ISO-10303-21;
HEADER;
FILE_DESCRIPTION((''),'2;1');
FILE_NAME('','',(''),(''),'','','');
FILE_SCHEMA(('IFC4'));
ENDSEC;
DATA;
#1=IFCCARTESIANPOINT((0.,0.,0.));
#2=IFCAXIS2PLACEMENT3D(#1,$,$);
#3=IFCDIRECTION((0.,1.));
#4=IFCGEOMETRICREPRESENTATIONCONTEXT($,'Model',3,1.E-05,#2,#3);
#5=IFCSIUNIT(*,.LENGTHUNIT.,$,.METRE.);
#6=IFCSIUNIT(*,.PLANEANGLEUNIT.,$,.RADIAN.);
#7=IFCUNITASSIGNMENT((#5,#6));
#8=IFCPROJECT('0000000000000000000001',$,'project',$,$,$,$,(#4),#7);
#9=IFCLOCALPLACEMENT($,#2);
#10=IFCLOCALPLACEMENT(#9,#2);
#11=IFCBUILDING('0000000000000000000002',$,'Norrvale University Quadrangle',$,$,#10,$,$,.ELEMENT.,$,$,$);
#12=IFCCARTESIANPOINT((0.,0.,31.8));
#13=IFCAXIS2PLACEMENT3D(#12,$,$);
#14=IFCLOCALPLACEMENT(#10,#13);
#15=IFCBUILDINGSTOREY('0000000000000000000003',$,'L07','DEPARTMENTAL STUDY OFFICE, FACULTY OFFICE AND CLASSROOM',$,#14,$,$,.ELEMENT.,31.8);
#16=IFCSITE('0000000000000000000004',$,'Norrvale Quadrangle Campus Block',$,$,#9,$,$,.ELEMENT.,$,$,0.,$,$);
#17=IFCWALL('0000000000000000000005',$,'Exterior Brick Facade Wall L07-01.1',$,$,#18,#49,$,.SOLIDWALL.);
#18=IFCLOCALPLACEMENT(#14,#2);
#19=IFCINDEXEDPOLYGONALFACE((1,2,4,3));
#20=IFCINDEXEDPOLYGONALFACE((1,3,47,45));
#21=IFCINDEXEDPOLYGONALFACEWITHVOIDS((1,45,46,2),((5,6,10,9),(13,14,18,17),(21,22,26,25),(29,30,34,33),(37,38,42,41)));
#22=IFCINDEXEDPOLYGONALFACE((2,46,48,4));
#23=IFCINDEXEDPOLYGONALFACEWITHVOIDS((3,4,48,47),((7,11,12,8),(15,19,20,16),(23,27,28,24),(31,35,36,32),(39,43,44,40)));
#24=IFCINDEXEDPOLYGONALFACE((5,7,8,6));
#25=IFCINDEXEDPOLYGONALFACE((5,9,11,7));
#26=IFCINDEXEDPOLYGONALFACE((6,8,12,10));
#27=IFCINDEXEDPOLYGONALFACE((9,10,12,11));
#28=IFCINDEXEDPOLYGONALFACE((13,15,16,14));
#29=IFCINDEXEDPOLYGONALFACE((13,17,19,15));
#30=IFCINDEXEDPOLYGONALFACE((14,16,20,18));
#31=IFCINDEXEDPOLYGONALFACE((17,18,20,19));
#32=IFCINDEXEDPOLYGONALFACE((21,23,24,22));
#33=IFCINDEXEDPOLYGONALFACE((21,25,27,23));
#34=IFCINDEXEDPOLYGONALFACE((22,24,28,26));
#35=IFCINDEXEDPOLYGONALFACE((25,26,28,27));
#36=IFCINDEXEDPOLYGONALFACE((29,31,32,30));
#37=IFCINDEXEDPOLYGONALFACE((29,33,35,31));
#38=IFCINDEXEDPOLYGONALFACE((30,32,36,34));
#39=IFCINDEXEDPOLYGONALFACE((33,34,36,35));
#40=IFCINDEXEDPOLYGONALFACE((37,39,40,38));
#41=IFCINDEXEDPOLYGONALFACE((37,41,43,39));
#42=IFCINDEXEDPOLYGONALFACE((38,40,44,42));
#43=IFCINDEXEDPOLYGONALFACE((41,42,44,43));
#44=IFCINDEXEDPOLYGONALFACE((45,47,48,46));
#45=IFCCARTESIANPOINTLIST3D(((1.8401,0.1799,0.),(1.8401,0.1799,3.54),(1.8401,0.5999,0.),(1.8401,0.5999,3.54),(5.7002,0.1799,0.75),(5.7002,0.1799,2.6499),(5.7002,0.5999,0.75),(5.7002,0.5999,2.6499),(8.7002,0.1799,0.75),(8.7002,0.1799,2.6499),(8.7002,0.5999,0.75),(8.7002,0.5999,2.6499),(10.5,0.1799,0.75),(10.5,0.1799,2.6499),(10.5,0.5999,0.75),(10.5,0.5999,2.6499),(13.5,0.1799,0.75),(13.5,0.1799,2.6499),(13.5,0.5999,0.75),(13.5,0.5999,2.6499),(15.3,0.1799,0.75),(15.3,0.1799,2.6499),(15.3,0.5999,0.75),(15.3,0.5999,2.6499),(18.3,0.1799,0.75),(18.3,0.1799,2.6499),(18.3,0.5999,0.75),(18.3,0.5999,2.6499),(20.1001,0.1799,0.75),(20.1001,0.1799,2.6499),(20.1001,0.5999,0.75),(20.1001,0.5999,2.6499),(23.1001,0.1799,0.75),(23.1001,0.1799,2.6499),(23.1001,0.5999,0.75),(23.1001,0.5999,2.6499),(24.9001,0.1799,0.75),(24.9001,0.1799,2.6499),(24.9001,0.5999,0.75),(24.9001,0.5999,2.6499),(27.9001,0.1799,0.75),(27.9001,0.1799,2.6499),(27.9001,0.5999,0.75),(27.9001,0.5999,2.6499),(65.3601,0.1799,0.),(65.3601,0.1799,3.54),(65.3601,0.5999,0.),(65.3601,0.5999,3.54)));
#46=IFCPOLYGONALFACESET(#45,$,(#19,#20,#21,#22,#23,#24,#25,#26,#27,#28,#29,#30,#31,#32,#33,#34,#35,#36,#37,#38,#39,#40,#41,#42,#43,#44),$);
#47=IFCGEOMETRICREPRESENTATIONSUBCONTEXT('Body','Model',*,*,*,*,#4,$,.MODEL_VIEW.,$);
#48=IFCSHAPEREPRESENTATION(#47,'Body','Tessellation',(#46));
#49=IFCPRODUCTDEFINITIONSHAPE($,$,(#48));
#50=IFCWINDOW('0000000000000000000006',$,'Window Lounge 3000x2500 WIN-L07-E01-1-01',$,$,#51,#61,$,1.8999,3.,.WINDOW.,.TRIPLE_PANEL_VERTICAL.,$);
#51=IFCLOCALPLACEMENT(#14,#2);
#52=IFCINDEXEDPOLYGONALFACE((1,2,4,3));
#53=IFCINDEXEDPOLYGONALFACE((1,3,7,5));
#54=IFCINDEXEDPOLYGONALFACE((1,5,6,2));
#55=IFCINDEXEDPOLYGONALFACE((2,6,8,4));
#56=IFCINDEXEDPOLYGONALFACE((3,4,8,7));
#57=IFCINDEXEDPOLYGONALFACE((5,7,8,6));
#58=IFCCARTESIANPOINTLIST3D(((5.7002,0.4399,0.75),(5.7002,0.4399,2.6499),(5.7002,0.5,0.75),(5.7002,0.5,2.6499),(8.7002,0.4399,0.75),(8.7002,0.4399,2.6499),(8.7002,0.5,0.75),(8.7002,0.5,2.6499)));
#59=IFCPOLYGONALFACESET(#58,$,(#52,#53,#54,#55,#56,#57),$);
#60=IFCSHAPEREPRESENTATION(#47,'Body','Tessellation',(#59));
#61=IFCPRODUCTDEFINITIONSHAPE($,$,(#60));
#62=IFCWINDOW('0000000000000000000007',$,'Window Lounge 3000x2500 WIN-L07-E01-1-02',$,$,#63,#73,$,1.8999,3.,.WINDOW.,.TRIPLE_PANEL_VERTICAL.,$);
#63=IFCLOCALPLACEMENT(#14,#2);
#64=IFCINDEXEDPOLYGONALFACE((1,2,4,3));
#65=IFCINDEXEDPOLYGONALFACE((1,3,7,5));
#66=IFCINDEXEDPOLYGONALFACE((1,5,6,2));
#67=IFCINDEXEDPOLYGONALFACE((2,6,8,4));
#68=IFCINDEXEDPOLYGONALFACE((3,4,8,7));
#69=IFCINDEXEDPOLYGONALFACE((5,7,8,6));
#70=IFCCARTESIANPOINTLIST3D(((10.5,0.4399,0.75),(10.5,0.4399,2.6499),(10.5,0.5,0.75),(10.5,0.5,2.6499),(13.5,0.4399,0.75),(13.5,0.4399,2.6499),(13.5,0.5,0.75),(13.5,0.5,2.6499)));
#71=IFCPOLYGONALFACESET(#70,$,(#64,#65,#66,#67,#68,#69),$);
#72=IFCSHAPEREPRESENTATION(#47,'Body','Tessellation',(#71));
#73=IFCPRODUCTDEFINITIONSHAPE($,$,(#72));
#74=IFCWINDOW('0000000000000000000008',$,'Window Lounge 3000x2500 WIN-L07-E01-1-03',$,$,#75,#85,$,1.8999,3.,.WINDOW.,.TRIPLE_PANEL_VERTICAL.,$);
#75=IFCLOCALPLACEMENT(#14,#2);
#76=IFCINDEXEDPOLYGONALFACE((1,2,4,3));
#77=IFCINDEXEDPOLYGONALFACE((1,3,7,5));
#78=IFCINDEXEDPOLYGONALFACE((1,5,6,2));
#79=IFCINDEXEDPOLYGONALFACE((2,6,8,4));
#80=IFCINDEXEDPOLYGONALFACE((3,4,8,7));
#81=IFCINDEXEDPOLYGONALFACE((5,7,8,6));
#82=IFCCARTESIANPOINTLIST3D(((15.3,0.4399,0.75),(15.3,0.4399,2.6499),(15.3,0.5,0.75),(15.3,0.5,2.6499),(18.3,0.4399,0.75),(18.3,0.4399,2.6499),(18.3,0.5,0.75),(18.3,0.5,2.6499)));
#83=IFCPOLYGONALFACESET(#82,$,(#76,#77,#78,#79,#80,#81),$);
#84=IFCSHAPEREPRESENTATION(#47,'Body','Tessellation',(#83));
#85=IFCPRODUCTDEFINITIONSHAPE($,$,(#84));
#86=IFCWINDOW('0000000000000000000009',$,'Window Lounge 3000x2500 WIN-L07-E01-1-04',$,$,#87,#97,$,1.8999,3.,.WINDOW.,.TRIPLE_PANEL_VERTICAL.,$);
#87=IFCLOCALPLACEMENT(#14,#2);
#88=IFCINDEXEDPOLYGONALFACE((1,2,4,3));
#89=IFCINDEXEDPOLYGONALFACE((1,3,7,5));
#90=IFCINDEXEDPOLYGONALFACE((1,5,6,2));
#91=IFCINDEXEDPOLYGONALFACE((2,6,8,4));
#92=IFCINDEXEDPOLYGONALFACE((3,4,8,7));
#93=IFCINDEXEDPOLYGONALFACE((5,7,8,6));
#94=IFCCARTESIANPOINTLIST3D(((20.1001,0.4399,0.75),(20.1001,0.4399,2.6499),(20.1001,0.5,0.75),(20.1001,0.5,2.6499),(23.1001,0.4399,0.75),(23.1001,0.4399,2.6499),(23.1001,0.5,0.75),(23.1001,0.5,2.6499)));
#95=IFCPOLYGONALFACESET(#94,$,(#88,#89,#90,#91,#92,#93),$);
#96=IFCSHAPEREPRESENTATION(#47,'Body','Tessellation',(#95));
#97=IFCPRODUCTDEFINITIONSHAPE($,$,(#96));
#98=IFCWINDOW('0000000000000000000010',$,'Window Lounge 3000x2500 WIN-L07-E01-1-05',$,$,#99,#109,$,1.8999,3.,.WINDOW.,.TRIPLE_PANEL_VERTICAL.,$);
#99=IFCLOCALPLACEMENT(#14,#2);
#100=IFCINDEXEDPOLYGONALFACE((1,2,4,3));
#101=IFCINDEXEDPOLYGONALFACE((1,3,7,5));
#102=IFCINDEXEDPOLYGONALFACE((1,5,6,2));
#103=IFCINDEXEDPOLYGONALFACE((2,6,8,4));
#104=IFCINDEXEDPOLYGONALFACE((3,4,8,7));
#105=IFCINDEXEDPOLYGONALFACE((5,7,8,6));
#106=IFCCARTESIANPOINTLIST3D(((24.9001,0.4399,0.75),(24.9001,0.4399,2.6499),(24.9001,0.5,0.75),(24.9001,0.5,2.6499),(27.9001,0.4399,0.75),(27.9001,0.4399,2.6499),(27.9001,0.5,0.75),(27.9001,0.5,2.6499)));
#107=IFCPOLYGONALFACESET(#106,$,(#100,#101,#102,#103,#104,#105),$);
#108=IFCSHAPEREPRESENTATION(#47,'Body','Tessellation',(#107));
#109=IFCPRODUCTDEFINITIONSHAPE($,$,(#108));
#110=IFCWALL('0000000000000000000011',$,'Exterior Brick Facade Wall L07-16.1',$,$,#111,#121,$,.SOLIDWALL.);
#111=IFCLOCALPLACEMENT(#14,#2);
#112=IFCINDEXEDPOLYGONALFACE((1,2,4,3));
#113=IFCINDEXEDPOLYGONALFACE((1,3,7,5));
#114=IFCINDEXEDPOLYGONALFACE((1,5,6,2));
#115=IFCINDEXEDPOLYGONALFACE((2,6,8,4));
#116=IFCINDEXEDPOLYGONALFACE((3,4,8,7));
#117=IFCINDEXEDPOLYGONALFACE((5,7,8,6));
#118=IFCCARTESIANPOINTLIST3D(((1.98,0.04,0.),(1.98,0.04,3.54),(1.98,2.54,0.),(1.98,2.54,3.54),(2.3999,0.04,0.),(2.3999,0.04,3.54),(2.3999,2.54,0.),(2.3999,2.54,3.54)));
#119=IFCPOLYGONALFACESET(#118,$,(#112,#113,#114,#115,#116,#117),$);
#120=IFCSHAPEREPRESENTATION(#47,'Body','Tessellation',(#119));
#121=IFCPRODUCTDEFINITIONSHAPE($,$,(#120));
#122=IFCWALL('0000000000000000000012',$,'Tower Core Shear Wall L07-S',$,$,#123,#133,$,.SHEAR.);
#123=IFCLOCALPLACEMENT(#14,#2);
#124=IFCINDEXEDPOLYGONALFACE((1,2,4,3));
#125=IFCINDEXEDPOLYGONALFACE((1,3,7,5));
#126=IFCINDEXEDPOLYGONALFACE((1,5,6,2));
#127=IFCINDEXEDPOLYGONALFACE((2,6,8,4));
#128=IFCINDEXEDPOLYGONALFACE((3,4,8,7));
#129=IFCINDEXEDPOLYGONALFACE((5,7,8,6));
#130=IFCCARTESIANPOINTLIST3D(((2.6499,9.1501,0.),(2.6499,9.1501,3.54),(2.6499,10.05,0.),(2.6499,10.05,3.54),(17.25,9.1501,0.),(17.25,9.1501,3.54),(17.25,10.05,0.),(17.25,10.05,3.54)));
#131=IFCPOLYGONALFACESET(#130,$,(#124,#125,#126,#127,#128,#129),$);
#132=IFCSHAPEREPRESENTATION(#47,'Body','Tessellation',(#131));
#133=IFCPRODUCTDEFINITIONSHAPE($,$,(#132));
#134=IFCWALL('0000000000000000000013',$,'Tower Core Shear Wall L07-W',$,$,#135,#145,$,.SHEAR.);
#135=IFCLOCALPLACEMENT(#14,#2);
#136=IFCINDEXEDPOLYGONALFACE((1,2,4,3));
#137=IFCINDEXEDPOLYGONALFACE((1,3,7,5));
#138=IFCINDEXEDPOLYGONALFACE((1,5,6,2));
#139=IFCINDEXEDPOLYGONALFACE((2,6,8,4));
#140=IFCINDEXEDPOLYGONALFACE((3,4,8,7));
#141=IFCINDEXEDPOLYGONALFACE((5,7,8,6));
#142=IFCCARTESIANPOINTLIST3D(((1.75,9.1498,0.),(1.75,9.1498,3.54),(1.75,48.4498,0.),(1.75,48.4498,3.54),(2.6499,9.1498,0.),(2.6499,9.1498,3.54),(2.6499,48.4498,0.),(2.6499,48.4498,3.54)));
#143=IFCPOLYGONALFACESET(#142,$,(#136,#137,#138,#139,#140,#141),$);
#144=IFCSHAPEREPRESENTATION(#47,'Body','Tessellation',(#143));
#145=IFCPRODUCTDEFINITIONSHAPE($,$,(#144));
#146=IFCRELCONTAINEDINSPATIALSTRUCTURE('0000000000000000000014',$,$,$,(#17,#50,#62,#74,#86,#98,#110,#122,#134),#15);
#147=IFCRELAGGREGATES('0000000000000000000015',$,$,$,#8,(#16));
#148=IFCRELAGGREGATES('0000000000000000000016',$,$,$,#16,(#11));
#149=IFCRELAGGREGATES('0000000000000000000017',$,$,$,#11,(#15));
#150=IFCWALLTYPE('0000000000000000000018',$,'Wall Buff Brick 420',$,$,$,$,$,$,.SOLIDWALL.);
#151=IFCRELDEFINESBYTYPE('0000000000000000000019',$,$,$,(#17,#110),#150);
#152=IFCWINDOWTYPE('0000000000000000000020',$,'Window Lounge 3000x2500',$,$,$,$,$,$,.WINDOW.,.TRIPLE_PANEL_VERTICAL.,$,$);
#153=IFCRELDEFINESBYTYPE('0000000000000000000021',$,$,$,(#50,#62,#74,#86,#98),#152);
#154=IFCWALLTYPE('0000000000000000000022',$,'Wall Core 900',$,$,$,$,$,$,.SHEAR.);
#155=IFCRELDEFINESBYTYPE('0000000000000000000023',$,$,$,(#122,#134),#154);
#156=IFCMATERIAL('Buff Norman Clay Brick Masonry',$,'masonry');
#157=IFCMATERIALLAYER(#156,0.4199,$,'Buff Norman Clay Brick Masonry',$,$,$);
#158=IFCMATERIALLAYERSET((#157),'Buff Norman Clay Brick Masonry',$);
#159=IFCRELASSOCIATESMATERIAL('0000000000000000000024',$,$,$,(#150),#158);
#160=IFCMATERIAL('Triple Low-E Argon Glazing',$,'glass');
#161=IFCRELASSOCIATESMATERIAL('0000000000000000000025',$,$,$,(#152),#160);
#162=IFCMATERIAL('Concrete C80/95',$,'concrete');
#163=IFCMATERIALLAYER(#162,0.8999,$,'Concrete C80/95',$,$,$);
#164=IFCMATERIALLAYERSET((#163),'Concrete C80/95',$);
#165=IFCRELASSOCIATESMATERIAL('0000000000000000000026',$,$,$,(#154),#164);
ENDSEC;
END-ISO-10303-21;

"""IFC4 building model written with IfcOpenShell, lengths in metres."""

from ifc_helpers import new_model, si_unit, direction, frame, frame_2d, origin, place, context, subcontext, project, spatial, rectangle, extrude, material, layer, layer_set, type_object, element, fill, save


model = new_model("IFC4")

# Units and contexts
model_context = context("Model", 3, precision=1e-05, world=origin(), true_north=direction((0.0, 1.0)))
body_context = subcontext(model_context, "Body", "Model", "MODEL_VIEW")
ifc_project = project(units=[si_unit("LENGTHUNIT", "METRE"), si_unit("PLANEANGLEUNIT", "RADIAN")], contexts=[model_context])

# Site, building, storey
site_placement = place(None, origin())
site = spatial("IfcSite", under=ifc_project, at=site_placement, Name="Norrvale Quadrangle Campus Block", CompositionType="ELEMENT", RefElevation=0.0)
building_placement = place(site_placement, origin())
building = spatial("IfcBuilding", under=site, at=building_placement, Name="Norrvale University Quadrangle", CompositionType="ELEMENT")
storey_placement = place(building_placement, frame((0.0, 0.0, 31.8)))
storey = spatial("IfcBuildingStorey", under=building, at=storey_placement, Name="L07", Description="DEPARTMENTAL STUDY OFFICE, FACULTY OFFICE AND CLASSROOM", CompositionType="ELEMENT", Elevation=31.8)

# Shared definitions
ifc_material_1 = material(Name="Concrete C80/95", Category="concrete")

# Wall, openings, windows
ifc_material_2 = material(Name="Buff Norman Clay Brick Masonry", Category="masonry")
ifc_layer_1 = layer(ifc_material_2, 0.4199, Name="Buff Norman Clay Brick Masonry")
ifc_layer_set_1 = layer_set([ifc_layer_1], Name="Buff Norman Clay Brick Masonry")
wall_type_1 = type_object("IfcWallType", Name="Wall Buff Brick 420", PredefinedType="SOLIDWALL", material=ifc_layer_set_1)
wall_1_placement = place(storey_placement, frame((1.8401, 0.3899, 0.0), z_axis=(0.0, 0.0, 1.0), x_axis=(1.0, 0.0, 0.0)))
wall_1 = element("IfcWall", 1, at=wall_1_placement, inside=storey, type_object=wall_type_1, Name="Exterior Brick Facade Wall L07-01.1", PredefinedType="SOLIDWALL", context=body_context, shape_type="SweptSolid", body=[
    extrude(rectangle(XDim=63.52, YDim=0.4199, at=frame_2d((31.76, 0.0))), origin(), (0.0, 0.0, 1.0), 3.54),
])
opening_1_placement = place(wall_1_placement, frame((3.8601, 0.0, 0.75)))
opening_1 = element("IfcOpeningElement", 2, at=opening_1_placement, cuts=wall_1, PredefinedType="OPENING", context=body_context, shape_type="SweptSolid", body=[
    extrude(rectangle(XDim=3.0, YDim=1.8999, at=frame_2d((1.5, 0.95))), frame((0.0, 0.2219, 0.0), z_axis=(0.0, -1.0, 0.0), x_axis=(1.0, 0.0, 0.0)), (0.0, 0.0, 1.0), 0.4438),
])
opening_2_placement = place(wall_1_placement, frame((8.6599, 0.0, 0.75)))
opening_2 = element("IfcOpeningElement", 3, at=opening_2_placement, cuts=wall_1, PredefinedType="OPENING", context=body_context, shape_type="SweptSolid", body=[
    extrude(rectangle(XDim=3.0, YDim=1.8999, at=frame_2d((1.5, 0.95))), frame((0.0, 0.2219, 0.0), z_axis=(0.0, -1.0, 0.0), x_axis=(1.0, 0.0, 0.0)), (0.0, 0.0, 1.0), 0.4438),
])
opening_3_placement = place(wall_1_placement, frame((13.46, 0.0, 0.75)))
opening_3 = element("IfcOpeningElement", 4, at=opening_3_placement, cuts=wall_1, PredefinedType="OPENING", context=body_context, shape_type="SweptSolid", body=[
    extrude(rectangle(XDim=3.0, YDim=1.8999, at=frame_2d((1.5, 0.95))), frame((0.0, 0.2219, 0.0), z_axis=(0.0, -1.0, 0.0), x_axis=(1.0, 0.0, 0.0)), (0.0, 0.0, 1.0), 0.4438),
])
opening_4_placement = place(wall_1_placement, frame((18.26, 0.0, 0.75)))
opening_4 = element("IfcOpeningElement", 5, at=opening_4_placement, cuts=wall_1, PredefinedType="OPENING", context=body_context, shape_type="SweptSolid", body=[
    extrude(rectangle(XDim=3.0, YDim=1.8999, at=frame_2d((1.5, 0.95))), frame((0.0, 0.2219, 0.0), z_axis=(0.0, -1.0, 0.0), x_axis=(1.0, 0.0, 0.0)), (0.0, 0.0, 1.0), 0.4438),
])
opening_5_placement = place(wall_1_placement, frame((23.0601, 0.0, 0.75)))
opening_5 = element("IfcOpeningElement", 6, at=opening_5_placement, cuts=wall_1, PredefinedType="OPENING", context=body_context, shape_type="SweptSolid", body=[
    extrude(rectangle(XDim=3.0, YDim=1.8999, at=frame_2d((1.5, 0.95))), frame((0.0, 0.2219, 0.0), z_axis=(0.0, -1.0, 0.0), x_axis=(1.0, 0.0, 0.0)), (0.0, 0.0, 1.0), 0.4438),
])
ifc_material_3 = material(Name="Triple Low-E Argon Glazing", Category="glass")
window_type = type_object("IfcWindowType", Name="Window Lounge 3000x2500", PartitioningType="TRIPLE_PANEL_VERTICAL", PredefinedType="WINDOW", material=ifc_material_3)
window_1_placement = place(opening_1_placement, origin())
window_1 = element("IfcWindow", 7, at=window_1_placement, inside=storey, type_object=window_type, Name="Window Lounge 3000x2500 WIN-L07-E01-1-01", OverallHeight=1.8999, OverallWidth=3.0, PartitioningType="TRIPLE_PANEL_VERTICAL", PredefinedType="WINDOW", context=body_context, shape_type="SweptSolid", body=[
    extrude(rectangle(XDim=3.0, YDim=1.8999, at=frame_2d((1.5, 0.95))), frame((0.0, 0.1101, 0.0), z_axis=(0.0, -1.0, 0.0), x_axis=(1.0, 0.0, 0.0)), (0.0, 0.0, 1.0), 0.0601),
])
fill(opening_1, window_1)
window_2_placement = place(opening_2_placement, origin())
window_2 = element("IfcWindow", 8, at=window_2_placement, inside=storey, type_object=window_type, Name="Window Lounge 3000x2500 WIN-L07-E01-1-02", OverallHeight=1.8999, OverallWidth=3.0, PartitioningType="TRIPLE_PANEL_VERTICAL", PredefinedType="WINDOW", context=body_context, shape_type="SweptSolid", body=[
    extrude(rectangle(XDim=3.0, YDim=1.8999, at=frame_2d((1.5, 0.95))), frame((0.0, 0.1101, 0.0), z_axis=(0.0, -1.0, 0.0), x_axis=(1.0, 0.0, 0.0)), (0.0, 0.0, 1.0), 0.0601),
])
fill(opening_2, window_2)
window_3_placement = place(opening_3_placement, origin())
window_3 = element("IfcWindow", 9, at=window_3_placement, inside=storey, type_object=window_type, Name="Window Lounge 3000x2500 WIN-L07-E01-1-03", OverallHeight=1.8999, OverallWidth=3.0, PartitioningType="TRIPLE_PANEL_VERTICAL", PredefinedType="WINDOW", context=body_context, shape_type="SweptSolid", body=[
    extrude(rectangle(XDim=3.0, YDim=1.8999, at=frame_2d((1.5, 0.95))), frame((0.0, 0.1101, 0.0), z_axis=(0.0, -1.0, 0.0), x_axis=(1.0, 0.0, 0.0)), (0.0, 0.0, 1.0), 0.0601),
])
fill(opening_3, window_3)
window_4_placement = place(opening_4_placement, origin())
window_4 = element("IfcWindow", 10, at=window_4_placement, inside=storey, type_object=window_type, Name="Window Lounge 3000x2500 WIN-L07-E01-1-04", OverallHeight=1.8999, OverallWidth=3.0, PartitioningType="TRIPLE_PANEL_VERTICAL", PredefinedType="WINDOW", context=body_context, shape_type="SweptSolid", body=[
    extrude(rectangle(XDim=3.0, YDim=1.8999, at=frame_2d((1.5, 0.95))), frame((0.0, 0.1101, 0.0), z_axis=(0.0, -1.0, 0.0), x_axis=(1.0, 0.0, 0.0)), (0.0, 0.0, 1.0), 0.0601),
])
fill(opening_4, window_4)
window_5_placement = place(opening_5_placement, origin())
window_5 = element("IfcWindow", 11, at=window_5_placement, inside=storey, type_object=window_type, Name="Window Lounge 3000x2500 WIN-L07-E01-1-05", OverallHeight=1.8999, OverallWidth=3.0, PartitioningType="TRIPLE_PANEL_VERTICAL", PredefinedType="WINDOW", context=body_context, shape_type="SweptSolid", body=[
    extrude(rectangle(XDim=3.0, YDim=1.8999, at=frame_2d((1.5, 0.95))), frame((0.0, 0.1101, 0.0), z_axis=(0.0, -1.0, 0.0), x_axis=(1.0, 0.0, 0.0)), (0.0, 0.0, 1.0), 0.0601),
])
fill(opening_5, window_5)

# Walls
wall_2_placement = place(storey_placement, frame((2.1899, 2.54, 0.0), z_axis=(0.0, 0.0, 1.0), x_axis=(0.0, -1.0, 0.0)))
element("IfcWall", 12, at=wall_2_placement, inside=storey, type_object=wall_type_1, Name="Exterior Brick Facade Wall L07-16.1", PredefinedType="SOLIDWALL", context=body_context, shape_type="SweptSolid", body=[
    extrude(rectangle(XDim=2.5, YDim=0.4199, at=frame_2d((1.25, 0.0))), origin(), (0.0, 0.0, 1.0), 3.54),
])
ifc_layer_2 = layer(ifc_material_1, 0.8999, Name="Concrete C80/95")
ifc_layer_set_2 = layer_set([ifc_layer_2], Name="Concrete C80/95")
wall_type_2 = type_object("IfcWallType", Name="Wall Core 900", PredefinedType="SHEAR", material=ifc_layer_set_2)
wall_3_placement = place(storey_placement, frame((2.6499, 9.6001, 0.0), z_axis=(0.0, 0.0, 1.0), x_axis=(1.0, 0.0, 0.0)))
element("IfcWall", 13, at=wall_3_placement, inside=storey, type_object=wall_type_2, Name="Tower Core Shear Wall L07-S", PredefinedType="SHEAR", context=body_context, shape_type="SweptSolid", body=[
    extrude(rectangle(XDim=14.6001, YDim=0.8999, at=frame_2d((7.3, 0.0))), origin(), (0.0, 0.0, 1.0), 3.54),
])
wall_4_placement = place(storey_placement, frame((2.2, 9.1499, 0.0), z_axis=(0.0, 0.0, 1.0), x_axis=(0.0, 1.0, 0.0)))
element("IfcWall", 14, at=wall_4_placement, inside=storey, type_object=wall_type_2, Name="Tower Core Shear Wall L07-W", PredefinedType="SHEAR", context=body_context, shape_type="SweptSolid", body=[
    extrude(rectangle(XDim=39.3, YDim=0.8999, at=frame_2d((19.6499, 0.0))), origin(), (0.0, 0.0, 1.0), 3.54),
])

save(model, "model.ifc")
